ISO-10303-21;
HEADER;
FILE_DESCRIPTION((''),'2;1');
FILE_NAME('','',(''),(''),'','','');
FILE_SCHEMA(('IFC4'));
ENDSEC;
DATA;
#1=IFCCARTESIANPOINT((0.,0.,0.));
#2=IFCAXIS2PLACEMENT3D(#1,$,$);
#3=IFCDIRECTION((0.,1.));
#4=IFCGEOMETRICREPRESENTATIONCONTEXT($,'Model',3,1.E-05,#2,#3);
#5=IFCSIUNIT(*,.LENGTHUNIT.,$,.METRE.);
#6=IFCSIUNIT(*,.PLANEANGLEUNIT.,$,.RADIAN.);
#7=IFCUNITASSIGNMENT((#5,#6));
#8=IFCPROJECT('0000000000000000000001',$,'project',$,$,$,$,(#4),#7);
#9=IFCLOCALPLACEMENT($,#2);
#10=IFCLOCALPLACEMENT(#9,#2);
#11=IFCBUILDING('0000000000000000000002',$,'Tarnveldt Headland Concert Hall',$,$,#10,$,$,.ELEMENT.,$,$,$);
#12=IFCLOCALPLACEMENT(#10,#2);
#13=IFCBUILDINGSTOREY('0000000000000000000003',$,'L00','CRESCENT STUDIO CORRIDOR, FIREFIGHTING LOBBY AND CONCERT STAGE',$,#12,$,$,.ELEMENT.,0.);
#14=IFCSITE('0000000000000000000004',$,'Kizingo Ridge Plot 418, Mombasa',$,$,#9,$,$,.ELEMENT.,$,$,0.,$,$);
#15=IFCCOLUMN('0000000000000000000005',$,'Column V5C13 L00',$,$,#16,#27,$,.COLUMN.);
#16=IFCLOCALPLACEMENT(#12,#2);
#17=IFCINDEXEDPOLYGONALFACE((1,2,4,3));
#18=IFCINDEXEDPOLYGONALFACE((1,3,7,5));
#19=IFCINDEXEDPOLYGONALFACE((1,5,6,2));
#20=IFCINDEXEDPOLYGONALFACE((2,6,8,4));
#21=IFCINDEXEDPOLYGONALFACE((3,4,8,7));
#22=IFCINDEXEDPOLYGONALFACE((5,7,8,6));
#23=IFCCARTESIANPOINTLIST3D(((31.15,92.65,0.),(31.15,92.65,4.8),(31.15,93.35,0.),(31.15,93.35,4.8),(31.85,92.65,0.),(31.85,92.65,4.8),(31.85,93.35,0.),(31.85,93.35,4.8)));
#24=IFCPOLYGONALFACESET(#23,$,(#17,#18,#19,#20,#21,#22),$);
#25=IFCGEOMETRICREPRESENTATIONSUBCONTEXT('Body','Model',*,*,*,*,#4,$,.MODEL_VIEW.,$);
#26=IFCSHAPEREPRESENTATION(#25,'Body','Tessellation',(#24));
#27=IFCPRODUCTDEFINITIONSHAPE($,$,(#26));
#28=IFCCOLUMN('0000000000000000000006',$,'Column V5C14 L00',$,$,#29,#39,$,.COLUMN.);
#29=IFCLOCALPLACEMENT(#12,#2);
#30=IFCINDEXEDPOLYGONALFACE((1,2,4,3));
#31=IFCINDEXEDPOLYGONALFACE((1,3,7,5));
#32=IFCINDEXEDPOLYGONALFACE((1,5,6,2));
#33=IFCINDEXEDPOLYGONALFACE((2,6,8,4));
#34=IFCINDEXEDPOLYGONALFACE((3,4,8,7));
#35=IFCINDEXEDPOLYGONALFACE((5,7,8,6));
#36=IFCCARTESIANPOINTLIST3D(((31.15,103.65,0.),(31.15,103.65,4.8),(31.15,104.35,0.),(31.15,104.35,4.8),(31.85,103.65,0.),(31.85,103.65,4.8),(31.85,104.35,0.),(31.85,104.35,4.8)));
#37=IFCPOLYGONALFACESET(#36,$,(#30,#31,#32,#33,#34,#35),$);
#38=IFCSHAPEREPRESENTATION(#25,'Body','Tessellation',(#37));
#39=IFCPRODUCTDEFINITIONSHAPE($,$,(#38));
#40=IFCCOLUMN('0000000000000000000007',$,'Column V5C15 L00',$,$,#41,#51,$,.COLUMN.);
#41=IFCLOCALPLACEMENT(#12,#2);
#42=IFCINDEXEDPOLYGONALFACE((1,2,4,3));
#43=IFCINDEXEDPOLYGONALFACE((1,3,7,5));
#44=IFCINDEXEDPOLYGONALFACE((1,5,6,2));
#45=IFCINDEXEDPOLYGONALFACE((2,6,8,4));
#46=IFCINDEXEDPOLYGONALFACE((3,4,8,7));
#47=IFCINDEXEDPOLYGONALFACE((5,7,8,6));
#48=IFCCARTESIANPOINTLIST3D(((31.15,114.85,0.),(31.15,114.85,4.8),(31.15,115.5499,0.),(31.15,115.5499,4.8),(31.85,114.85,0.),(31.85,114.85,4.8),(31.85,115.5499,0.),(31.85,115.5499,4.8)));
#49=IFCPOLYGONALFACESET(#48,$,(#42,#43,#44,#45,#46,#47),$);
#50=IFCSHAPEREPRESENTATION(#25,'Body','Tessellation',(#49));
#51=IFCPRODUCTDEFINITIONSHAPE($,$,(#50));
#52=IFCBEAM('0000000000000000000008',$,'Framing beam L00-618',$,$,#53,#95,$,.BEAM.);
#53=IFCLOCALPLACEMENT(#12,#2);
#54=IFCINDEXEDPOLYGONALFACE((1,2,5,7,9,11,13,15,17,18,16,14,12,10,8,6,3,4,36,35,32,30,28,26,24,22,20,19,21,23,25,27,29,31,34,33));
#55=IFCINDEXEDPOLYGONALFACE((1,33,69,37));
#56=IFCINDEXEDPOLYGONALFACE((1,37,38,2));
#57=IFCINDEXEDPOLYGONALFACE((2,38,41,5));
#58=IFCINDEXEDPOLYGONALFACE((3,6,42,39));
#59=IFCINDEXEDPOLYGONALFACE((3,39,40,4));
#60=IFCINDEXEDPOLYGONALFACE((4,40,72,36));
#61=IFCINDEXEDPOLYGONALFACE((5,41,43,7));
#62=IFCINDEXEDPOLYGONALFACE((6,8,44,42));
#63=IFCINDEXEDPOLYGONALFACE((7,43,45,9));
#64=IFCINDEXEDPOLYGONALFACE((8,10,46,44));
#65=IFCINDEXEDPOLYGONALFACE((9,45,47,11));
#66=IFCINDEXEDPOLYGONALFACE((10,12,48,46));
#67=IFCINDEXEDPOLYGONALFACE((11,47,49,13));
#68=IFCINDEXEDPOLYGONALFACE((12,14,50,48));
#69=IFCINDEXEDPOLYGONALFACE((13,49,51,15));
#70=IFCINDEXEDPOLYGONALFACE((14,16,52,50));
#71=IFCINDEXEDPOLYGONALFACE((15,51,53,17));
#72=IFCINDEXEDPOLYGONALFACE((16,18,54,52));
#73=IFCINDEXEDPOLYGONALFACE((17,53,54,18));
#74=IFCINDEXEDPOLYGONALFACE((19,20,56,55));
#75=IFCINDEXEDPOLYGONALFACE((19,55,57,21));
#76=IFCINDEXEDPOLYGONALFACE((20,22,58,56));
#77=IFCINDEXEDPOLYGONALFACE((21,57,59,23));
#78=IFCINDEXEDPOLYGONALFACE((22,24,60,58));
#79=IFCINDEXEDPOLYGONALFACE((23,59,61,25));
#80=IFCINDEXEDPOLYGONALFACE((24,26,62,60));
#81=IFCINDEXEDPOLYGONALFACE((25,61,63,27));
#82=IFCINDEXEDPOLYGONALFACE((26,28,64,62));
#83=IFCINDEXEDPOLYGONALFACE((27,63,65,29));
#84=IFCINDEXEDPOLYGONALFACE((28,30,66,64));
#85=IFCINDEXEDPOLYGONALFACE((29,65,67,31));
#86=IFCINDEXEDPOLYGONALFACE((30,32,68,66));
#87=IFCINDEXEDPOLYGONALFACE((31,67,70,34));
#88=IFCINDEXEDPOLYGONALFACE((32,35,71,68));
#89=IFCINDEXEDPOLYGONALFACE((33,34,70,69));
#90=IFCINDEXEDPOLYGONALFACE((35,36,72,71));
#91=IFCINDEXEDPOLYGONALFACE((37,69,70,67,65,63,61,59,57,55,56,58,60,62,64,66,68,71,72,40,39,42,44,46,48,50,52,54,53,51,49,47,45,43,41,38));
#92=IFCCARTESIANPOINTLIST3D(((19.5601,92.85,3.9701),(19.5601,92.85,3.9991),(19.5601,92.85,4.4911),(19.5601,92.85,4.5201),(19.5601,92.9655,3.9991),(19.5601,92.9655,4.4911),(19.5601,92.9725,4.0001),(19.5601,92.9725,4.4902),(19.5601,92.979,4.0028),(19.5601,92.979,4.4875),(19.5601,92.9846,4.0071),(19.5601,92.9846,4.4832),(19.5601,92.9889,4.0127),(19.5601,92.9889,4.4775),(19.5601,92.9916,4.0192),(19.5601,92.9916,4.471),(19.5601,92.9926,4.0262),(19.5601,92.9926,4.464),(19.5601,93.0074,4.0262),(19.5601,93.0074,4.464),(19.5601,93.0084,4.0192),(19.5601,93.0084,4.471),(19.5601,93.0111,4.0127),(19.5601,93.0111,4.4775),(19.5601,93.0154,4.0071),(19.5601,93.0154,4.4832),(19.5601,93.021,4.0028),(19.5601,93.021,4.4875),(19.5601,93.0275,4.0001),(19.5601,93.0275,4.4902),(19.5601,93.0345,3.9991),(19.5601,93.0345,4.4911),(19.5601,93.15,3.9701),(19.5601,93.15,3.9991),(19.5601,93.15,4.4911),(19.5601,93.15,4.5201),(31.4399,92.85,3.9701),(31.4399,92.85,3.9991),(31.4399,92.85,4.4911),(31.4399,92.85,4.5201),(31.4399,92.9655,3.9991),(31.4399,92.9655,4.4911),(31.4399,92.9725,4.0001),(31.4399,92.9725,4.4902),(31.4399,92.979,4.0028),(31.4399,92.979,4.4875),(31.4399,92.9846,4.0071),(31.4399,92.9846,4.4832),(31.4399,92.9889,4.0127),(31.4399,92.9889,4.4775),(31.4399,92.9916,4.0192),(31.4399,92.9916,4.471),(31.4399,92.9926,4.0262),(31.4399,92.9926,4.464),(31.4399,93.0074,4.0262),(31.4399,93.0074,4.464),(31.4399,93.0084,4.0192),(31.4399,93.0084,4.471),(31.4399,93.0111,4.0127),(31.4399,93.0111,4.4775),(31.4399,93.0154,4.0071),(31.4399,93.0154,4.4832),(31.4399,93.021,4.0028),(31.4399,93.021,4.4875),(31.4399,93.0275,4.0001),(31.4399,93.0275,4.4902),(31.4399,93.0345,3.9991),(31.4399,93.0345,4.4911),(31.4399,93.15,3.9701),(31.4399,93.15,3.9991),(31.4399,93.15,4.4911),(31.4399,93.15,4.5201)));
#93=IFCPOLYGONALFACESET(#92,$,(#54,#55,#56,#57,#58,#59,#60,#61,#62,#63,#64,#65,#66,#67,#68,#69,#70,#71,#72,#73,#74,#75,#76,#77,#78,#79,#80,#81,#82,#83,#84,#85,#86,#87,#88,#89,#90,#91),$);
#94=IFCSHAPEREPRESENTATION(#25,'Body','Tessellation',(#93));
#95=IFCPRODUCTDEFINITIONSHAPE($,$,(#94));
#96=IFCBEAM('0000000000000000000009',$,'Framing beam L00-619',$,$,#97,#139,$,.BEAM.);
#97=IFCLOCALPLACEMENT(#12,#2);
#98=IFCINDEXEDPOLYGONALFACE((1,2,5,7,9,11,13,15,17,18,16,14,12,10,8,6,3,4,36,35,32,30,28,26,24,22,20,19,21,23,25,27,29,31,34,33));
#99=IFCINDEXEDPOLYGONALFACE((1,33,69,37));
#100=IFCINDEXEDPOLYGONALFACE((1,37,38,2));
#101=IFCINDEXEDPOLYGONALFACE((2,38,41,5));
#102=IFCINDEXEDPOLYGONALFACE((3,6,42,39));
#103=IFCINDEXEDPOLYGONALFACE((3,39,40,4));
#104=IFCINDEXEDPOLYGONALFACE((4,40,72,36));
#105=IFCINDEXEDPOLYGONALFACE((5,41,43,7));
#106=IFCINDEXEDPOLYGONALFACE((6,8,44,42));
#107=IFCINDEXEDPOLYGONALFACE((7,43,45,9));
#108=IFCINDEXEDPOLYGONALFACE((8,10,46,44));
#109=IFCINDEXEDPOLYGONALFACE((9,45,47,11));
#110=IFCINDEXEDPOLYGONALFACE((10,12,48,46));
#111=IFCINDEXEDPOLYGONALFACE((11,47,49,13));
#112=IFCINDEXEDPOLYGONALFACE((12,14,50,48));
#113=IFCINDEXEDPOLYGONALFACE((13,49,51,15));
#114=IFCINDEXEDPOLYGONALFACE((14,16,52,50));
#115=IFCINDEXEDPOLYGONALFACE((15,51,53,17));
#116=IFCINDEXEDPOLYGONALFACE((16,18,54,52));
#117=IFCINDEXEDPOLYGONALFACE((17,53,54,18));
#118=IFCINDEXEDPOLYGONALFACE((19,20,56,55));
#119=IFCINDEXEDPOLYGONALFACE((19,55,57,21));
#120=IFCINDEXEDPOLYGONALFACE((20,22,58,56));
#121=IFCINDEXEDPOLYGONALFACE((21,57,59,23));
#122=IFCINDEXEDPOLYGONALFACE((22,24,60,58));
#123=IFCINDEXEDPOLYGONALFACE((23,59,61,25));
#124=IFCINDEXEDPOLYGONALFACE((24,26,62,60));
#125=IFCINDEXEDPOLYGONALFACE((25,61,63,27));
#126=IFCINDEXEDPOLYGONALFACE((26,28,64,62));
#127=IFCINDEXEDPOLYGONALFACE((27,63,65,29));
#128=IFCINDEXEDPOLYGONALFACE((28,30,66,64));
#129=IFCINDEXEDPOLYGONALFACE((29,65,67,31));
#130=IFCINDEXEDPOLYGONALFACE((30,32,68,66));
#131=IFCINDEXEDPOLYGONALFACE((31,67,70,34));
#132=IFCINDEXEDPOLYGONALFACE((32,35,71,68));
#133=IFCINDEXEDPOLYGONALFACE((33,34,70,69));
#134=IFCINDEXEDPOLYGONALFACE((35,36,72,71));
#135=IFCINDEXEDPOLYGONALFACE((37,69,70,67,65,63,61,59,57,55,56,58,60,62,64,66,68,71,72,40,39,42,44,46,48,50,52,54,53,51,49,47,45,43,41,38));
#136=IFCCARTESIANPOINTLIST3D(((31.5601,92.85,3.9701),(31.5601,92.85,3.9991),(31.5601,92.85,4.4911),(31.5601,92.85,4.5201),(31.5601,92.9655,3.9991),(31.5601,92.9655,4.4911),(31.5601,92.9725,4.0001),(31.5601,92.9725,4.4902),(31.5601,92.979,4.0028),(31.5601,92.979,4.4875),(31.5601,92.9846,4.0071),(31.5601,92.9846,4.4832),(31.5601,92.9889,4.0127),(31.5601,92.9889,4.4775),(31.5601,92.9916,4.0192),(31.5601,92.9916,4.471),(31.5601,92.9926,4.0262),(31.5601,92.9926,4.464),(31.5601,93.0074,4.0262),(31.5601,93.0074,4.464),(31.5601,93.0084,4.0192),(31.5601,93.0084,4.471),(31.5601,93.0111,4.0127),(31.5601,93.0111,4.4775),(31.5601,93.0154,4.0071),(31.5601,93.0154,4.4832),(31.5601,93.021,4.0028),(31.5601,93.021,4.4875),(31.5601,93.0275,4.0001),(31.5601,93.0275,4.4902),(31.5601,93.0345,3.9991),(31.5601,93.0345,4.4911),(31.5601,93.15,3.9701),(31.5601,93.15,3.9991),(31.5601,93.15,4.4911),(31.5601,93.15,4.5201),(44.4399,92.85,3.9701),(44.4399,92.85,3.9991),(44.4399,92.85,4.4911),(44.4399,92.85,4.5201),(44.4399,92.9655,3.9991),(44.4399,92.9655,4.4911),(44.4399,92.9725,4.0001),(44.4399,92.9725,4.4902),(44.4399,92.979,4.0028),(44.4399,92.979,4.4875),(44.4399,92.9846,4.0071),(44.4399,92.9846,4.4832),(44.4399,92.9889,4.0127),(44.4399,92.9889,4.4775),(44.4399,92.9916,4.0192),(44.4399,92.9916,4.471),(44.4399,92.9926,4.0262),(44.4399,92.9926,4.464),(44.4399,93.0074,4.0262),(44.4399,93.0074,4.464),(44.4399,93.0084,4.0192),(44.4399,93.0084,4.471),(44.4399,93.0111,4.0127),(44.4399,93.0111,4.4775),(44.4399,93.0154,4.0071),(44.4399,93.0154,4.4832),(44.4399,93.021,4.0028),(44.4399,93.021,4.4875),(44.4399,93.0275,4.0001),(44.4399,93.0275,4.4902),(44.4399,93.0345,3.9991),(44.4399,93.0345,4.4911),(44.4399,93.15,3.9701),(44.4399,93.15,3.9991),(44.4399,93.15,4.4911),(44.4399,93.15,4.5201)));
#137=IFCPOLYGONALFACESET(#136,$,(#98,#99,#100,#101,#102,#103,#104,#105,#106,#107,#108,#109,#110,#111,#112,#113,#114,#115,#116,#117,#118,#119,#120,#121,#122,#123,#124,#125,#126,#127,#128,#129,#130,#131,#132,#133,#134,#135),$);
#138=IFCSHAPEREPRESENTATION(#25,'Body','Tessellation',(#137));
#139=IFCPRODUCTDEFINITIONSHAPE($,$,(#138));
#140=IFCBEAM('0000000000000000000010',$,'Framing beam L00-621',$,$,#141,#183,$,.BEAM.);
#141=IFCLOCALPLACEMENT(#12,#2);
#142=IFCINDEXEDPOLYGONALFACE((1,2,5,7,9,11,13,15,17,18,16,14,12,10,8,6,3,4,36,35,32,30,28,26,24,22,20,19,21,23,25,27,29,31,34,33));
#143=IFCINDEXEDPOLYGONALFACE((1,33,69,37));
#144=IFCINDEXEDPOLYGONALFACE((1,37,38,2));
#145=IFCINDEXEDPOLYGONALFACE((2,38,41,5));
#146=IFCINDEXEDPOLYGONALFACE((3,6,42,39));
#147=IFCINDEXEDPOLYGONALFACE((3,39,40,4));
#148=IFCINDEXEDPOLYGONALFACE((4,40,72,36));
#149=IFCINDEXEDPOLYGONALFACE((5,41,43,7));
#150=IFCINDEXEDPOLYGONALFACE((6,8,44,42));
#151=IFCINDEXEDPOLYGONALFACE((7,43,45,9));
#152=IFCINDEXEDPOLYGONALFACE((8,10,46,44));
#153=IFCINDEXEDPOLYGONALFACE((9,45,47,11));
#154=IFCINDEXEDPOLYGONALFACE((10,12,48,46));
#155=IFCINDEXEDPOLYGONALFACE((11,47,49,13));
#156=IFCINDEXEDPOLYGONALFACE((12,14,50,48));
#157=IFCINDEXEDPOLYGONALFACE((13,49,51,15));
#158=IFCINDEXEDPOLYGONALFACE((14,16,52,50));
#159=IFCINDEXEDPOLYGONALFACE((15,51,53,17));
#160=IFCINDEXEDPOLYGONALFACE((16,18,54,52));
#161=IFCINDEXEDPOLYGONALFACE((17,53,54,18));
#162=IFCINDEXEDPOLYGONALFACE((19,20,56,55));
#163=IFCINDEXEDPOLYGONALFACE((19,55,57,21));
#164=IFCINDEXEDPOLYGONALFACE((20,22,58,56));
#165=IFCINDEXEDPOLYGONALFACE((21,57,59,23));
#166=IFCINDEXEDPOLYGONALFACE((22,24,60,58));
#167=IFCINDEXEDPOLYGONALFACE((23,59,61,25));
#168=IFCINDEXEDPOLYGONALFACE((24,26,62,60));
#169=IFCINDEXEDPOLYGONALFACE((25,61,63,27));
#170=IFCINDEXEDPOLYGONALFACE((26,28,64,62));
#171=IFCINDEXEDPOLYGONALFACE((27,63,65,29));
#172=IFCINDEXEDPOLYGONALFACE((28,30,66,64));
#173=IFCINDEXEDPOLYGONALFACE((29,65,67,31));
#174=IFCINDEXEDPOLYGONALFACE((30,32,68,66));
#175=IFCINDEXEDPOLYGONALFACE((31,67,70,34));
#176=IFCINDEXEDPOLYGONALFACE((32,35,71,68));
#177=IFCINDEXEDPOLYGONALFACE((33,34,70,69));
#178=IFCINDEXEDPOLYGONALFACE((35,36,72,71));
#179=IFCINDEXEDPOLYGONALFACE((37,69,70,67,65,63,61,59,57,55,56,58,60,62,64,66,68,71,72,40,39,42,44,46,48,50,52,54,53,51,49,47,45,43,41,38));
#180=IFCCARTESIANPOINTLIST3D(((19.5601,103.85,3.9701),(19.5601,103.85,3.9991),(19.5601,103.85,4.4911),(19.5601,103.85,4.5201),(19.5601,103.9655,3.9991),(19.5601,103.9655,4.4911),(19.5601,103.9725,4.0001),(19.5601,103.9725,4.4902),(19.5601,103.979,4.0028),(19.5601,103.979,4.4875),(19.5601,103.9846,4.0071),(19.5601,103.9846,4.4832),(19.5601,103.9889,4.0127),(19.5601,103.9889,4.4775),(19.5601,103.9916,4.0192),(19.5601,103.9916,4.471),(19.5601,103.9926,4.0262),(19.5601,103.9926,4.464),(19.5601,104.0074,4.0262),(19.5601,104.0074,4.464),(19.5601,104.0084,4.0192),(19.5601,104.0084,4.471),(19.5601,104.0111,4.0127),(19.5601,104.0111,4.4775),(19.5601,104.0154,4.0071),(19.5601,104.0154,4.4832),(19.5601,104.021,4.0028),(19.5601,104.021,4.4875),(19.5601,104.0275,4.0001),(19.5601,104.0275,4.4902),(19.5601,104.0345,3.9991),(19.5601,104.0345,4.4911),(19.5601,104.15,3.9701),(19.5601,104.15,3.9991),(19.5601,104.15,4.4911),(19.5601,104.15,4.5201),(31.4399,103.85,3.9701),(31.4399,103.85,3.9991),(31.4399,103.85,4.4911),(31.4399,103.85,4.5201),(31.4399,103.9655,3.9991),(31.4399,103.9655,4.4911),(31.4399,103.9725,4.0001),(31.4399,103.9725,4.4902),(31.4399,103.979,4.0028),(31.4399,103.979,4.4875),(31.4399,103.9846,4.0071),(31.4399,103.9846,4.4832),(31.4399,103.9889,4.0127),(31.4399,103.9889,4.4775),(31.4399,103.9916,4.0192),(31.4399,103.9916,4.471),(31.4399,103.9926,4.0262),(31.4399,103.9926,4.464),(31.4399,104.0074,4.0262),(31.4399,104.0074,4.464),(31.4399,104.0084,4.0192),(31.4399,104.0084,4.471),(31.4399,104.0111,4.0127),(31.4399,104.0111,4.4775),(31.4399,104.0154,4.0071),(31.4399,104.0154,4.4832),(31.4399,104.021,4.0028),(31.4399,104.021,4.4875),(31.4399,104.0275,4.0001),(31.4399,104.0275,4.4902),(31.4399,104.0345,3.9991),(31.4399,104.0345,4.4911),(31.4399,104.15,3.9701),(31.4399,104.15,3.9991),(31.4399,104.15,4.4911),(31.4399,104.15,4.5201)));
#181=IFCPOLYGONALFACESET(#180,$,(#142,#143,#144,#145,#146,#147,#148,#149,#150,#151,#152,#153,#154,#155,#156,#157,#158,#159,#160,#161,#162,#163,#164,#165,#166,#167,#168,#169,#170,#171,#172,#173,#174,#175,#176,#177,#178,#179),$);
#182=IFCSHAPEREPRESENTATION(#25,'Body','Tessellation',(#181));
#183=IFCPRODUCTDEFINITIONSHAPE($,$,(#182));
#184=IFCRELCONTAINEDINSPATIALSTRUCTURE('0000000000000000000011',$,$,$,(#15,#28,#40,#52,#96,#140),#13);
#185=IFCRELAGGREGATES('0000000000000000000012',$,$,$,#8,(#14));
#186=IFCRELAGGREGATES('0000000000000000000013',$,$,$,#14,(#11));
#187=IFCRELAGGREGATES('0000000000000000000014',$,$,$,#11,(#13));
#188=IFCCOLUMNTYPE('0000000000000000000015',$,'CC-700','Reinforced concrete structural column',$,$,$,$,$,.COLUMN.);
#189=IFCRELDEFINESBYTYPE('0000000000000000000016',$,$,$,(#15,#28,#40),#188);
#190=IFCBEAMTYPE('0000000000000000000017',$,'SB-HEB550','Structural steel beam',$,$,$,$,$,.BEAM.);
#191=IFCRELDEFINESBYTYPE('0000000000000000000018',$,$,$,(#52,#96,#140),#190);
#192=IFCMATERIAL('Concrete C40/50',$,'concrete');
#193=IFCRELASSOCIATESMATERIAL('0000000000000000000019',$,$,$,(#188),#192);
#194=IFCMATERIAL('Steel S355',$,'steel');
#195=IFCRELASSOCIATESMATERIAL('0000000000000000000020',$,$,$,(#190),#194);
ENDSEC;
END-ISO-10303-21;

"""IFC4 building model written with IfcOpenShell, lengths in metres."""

from ifc_helpers import new_model, si_unit, direction, frame, origin, origin_2d, place, context, subcontext, project, spatial, rectangle, i_section, extrude, material, material_profile, profile_set, type_object, element, save


model = new_model("IFC4")

# Units and contexts
model_context = context("Model", 3, precision=1e-05, world=origin(), true_north=direction((0.0, 1.0)))
body_context = subcontext(model_context, "Body", "Model", "MODEL_VIEW")
ifc_project = project(units=[si_unit("LENGTHUNIT", "METRE"), si_unit("PLANEANGLEUNIT", "RADIAN")], contexts=[model_context])

# Site, building, storey
site_placement = place(None, origin())
site = spatial("IfcSite", under=ifc_project, at=site_placement, Name="Kizingo Ridge Plot 418, Mombasa", CompositionType="ELEMENT", RefElevation=0.0)
building_placement = place(site_placement, origin())
building = spatial("IfcBuilding", under=site, at=building_placement, Name="Tarnveldt Headland Concert Hall", CompositionType="ELEMENT")
storey_placement = place(building_placement, origin())
storey = spatial("IfcBuildingStorey", under=building, at=storey_placement, Name="L00", Description="CRESCENT STUDIO CORRIDOR, FIREFIGHTING LOBBY AND CONCERT STAGE", CompositionType="ELEMENT", Elevation=0.0)

# Columns
ifc_material_1 = material(Name="Concrete C40/50", Category="concrete")
ifc_material_profile_1 = material_profile(ifc_material_1, rectangle(XDim=0.7, YDim=0.7, at=origin_2d()), Name="RC 700x700", Category="concrete")
ifc_profile_set_1 = profile_set([ifc_material_profile_1], Name="Concrete C40/50")
column_type = type_object("IfcColumnType", Name="CC-700", Description="Reinforced concrete structural column", PredefinedType="COLUMN", material=ifc_profile_set_1)
for number, where, z_axis, x_axis, name in (
    (1, (31.5, 93.0, 0.0), (0.0, 0.0, 1.0), (1.0, 0.0, 0.0), "Column V5C13 L00"),
    (2, (31.5, 104.0, 0.0), (0.0, 0.0, 1.0), (1.0, 0.0, 0.0), "Column V5C14 L00"),
    (3, (31.5, 115.2, 0.0), (0.0, 0.0, 1.0), (1.0, 0.0, 0.0), "Column V5C15 L00"),
):
    element("IfcColumn", number, at=place(storey_placement, frame(where, z_axis=z_axis, x_axis=x_axis)), inside=storey, type_object=column_type, Name=name, PredefinedType="COLUMN", context=body_context, shape_type="SweptSolid", body=[
        extrude(rectangle(XDim=0.7, YDim=0.7, at=origin_2d()), origin(), (0.0, 0.0, 1.0), 4.8),
    ])

# Beams
ifc_material_2 = material(Name="Steel S355", Category="steel")
ifc_material_profile_2 = material_profile(ifc_material_2, i_section(OverallWidth=0.3, OverallDepth=0.55, WebThickness=0.0149, FlangeThickness=0.0291, FilletRadius=0.0271, at=origin_2d()), Name="HEB550", Category="steel")
ifc_profile_set_2 = profile_set([ifc_material_profile_2], Name="Steel S355")
beam_type_1 = type_object("IfcBeamType", Name="SB-HEB550", Description="Structural steel beam", PredefinedType="BEAM", material=ifc_profile_set_2)
beam_1_placement = place(storey_placement, frame((19.5601, 93.0, 4.2451), z_axis=(1.0, 0.0, 0.0), x_axis=(0.0, 1.0, 0.0)))
element("IfcBeam", 4, at=beam_1_placement, inside=storey, type_object=beam_type_1, Name="Framing beam L00-618", PredefinedType="BEAM", context=body_context, shape_type="SweptSolid", body=[
    extrude(i_section(OverallWidth=0.3, OverallDepth=0.55, WebThickness=0.0149, FlangeThickness=0.0291, FilletRadius=0.0271, at=origin_2d()), origin(), (0.0, 0.0, 1.0), 11.8799),
])
beam_2_placement = place(storey_placement, frame((31.5601, 93.0, 4.2451), z_axis=(1.0, 0.0, 0.0), x_axis=(0.0, 1.0, 0.0)))
element("IfcBeam", 5, at=beam_2_placement, inside=storey, type_object=beam_type_1, Name="Framing beam L00-619", PredefinedType="BEAM", context=body_context, shape_type="SweptSolid", body=[
    extrude(i_section(OverallWidth=0.3, OverallDepth=0.55, WebThickness=0.0149, FlangeThickness=0.0291, FilletRadius=0.0271, at=origin_2d()), origin(), (0.0, 0.0, 1.0), 12.8799),
])
for number, where, z_axis, x_axis, name in (
    (6, (19.5601, 104.0, 4.2451), (1.0, 0.0, 0.0), (0.0, 1.0, 0.0), "Framing beam L00-621"),
):
    element("IfcBeam", number, at=place(storey_placement, frame(where, z_axis=z_axis, x_axis=x_axis)), inside=storey, type_object=beam_type_1, Name=name, PredefinedType="BEAM", context=body_context, shape_type="SweptSolid", body=[
        extrude(i_section(OverallWidth=0.3, OverallDepth=0.55, WebThickness=0.0149, FlangeThickness=0.0291, FilletRadius=0.0271, at=origin_2d()), origin(), (0.0, 0.0, 1.0), 11.8799),
    ])

save(model, "model.ifc")
